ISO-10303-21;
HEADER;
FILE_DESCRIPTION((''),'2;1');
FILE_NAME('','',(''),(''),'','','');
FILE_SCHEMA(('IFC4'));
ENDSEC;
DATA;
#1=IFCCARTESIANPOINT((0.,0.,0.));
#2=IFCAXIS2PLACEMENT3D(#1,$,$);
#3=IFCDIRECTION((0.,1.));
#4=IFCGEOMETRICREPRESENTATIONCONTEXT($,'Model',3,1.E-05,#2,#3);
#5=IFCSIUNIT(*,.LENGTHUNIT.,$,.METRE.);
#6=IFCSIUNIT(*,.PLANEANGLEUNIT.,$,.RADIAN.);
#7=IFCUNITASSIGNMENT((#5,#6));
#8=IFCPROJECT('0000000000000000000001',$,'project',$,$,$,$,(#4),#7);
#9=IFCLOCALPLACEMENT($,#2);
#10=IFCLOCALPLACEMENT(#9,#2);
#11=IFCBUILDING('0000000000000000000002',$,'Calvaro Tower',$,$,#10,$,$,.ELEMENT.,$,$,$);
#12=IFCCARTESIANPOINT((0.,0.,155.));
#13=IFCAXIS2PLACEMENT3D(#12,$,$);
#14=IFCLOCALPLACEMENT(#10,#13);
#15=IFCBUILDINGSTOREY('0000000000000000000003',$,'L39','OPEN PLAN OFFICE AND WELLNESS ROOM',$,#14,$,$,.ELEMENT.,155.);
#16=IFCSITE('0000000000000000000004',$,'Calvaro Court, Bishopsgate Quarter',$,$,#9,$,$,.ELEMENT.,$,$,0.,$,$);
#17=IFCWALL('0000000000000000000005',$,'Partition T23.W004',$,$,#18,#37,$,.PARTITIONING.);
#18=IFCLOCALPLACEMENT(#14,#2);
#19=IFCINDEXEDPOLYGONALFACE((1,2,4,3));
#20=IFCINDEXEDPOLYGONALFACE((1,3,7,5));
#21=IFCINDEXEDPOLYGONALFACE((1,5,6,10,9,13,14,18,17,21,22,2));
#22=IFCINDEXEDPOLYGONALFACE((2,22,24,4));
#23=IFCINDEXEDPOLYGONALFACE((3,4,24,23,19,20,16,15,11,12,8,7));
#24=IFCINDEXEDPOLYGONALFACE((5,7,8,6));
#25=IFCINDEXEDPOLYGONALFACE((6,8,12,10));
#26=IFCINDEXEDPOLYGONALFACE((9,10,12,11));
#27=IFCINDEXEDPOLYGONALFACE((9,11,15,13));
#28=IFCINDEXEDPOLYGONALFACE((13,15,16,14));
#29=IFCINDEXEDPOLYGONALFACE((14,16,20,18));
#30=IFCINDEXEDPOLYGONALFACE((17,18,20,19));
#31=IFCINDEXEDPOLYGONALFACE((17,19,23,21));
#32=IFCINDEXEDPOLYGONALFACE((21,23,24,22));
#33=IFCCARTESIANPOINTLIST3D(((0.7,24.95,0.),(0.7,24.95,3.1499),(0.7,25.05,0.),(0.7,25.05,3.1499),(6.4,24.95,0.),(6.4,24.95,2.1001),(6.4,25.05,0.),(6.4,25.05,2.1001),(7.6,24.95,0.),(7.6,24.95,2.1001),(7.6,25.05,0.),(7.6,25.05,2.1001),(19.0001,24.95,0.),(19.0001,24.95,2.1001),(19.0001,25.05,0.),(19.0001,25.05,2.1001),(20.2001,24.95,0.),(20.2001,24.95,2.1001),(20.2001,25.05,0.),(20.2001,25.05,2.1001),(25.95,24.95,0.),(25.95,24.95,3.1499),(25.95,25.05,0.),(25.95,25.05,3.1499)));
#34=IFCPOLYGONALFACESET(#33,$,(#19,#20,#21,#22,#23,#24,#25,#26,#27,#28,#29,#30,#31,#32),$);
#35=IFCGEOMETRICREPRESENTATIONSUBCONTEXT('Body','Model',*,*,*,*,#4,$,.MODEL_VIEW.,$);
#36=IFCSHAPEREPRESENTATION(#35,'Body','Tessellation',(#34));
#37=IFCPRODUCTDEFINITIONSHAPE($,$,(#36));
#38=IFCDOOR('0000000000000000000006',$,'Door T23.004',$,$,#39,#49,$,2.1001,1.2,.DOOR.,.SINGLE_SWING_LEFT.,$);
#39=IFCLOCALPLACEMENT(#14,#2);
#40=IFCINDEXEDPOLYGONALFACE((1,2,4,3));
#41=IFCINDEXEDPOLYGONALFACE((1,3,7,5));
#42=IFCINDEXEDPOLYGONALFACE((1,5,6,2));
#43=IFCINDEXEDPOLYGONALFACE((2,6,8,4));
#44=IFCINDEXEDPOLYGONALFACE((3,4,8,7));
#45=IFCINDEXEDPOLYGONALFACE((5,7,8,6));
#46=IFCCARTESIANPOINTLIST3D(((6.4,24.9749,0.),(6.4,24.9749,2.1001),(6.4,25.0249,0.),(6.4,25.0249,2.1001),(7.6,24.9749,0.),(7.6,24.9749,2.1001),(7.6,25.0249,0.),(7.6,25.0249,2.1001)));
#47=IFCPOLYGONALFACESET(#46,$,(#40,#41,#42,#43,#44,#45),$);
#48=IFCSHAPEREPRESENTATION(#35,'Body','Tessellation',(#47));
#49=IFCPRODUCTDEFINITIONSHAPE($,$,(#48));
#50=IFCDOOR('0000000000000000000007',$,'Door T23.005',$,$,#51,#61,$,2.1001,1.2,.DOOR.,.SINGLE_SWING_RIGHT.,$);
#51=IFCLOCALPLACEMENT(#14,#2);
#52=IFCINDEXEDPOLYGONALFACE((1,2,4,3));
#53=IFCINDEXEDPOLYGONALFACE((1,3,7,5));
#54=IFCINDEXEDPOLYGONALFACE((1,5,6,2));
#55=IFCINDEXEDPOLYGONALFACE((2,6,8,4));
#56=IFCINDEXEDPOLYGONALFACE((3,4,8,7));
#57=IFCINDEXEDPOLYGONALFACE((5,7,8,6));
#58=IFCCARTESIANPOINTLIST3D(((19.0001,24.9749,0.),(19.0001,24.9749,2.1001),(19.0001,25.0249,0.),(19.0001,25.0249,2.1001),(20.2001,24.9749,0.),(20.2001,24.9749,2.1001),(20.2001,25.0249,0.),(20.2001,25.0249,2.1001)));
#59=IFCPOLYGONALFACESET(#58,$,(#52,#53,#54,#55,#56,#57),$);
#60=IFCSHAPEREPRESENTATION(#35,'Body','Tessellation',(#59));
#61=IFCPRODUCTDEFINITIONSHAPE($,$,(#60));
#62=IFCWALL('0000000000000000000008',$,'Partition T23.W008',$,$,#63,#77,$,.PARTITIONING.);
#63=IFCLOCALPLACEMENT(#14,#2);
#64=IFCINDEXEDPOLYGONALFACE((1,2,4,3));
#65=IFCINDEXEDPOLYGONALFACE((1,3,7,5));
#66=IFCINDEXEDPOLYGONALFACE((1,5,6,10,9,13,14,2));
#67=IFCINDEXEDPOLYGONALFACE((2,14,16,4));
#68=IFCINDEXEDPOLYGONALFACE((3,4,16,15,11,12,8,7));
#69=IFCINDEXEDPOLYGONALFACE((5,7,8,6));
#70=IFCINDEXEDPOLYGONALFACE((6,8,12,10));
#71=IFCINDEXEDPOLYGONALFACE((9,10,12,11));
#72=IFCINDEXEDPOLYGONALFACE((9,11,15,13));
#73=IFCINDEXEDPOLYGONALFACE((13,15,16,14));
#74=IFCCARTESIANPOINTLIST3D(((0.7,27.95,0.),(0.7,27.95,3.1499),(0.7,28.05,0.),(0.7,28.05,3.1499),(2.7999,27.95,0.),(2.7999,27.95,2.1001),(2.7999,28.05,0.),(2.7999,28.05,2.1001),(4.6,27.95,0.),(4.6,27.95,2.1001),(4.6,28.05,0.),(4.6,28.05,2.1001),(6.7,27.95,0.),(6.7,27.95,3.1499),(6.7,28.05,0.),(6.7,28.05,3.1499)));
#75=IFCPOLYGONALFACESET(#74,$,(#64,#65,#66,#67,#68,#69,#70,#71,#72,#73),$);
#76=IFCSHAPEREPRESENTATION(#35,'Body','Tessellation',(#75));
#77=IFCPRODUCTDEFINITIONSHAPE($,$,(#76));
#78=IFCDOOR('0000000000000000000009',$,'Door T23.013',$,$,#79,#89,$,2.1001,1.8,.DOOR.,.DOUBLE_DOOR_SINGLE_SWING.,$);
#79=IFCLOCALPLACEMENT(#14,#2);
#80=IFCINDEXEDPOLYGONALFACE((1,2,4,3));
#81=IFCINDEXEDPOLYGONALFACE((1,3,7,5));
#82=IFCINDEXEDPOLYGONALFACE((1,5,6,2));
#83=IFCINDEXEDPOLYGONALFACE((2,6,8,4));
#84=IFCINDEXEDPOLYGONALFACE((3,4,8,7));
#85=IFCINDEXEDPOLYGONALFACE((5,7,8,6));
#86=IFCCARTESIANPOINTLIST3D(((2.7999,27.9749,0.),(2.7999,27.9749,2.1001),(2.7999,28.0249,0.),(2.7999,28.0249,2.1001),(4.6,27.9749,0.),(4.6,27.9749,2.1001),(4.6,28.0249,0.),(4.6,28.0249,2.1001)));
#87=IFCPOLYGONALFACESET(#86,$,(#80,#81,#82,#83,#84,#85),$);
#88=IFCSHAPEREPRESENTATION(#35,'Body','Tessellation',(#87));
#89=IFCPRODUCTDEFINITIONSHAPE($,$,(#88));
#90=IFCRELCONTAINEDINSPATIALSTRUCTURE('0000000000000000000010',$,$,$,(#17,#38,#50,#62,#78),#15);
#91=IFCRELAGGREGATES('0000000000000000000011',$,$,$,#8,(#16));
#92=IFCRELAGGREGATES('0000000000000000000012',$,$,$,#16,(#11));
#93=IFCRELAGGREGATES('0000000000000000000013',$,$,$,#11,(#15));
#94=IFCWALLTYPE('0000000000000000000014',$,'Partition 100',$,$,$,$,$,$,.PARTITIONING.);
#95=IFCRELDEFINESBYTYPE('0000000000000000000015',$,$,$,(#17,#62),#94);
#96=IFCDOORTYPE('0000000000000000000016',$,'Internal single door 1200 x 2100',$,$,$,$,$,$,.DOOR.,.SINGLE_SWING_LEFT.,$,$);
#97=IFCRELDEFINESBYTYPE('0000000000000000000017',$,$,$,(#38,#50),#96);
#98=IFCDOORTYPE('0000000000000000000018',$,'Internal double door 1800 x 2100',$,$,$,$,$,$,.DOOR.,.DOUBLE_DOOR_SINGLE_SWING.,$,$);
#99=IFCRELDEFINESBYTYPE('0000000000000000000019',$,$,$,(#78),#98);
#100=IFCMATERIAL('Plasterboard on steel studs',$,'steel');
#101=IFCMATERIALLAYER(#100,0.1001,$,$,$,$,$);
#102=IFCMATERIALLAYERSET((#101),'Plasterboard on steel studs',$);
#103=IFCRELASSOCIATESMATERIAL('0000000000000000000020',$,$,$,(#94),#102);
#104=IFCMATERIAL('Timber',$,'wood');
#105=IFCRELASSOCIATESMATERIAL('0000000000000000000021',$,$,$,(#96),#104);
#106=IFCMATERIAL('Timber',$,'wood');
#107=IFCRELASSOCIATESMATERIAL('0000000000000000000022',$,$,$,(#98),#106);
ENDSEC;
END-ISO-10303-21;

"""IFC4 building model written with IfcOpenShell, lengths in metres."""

from ifc_helpers import new_model, si_unit, direction, frame, frame_2d, origin, place, context, subcontext, project, spatial, rectangle, extrude, material, layer, layer_set, type_object, element, fill, save


model = new_model("IFC4")

# Units and contexts
model_context = context("Model", 3, precision=1e-05, world=origin(), true_north=direction((0.0, 1.0)))
body_context = subcontext(model_context, "Body", "Model", "MODEL_VIEW")
ifc_project = project(units=[si_unit("LENGTHUNIT", "METRE"), si_unit("PLANEANGLEUNIT", "RADIAN")], contexts=[model_context])

# Site, building, storey
site_placement = place(None, origin())
site = spatial("IfcSite", under=ifc_project, at=site_placement, Name="Calvaro Court, Bishopsgate Quarter", CompositionType="ELEMENT", RefElevation=0.0)
building_placement = place(site_placement, origin())
building = spatial("IfcBuilding", under=site, at=building_placement, Name="Calvaro Tower", CompositionType="ELEMENT")
storey_placement = place(building_placement, frame((0.0, 0.0, 155.0)))
storey = spatial("IfcBuildingStorey", under=building, at=storey_placement, Name="L39", Description="OPEN PLAN OFFICE AND WELLNESS ROOM", CompositionType="ELEMENT", Elevation=155.0)

# Wall, openings, doors
ifc_material_1 = material(Name="Plasterboard on steel studs", Category="steel")
ifc_layer_1 = layer(ifc_material_1, 0.1001)
ifc_layer_set_1 = layer_set([ifc_layer_1], Name="Plasterboard on steel studs")
wall_type_1 = type_object("IfcWallType", Name="Partition 100", PredefinedType="PARTITIONING", material=ifc_layer_set_1)
wall_1_placement = place(storey_placement, frame((0.7, 25.0, 0.0), z_axis=(0.0, 0.0, 1.0), x_axis=(1.0, 0.0, 0.0)))
wall_1 = element("IfcWall", 1, at=wall_1_placement, inside=storey, type_object=wall_type_1, Name="Partition T23.W004", PredefinedType="PARTITIONING", context=body_context, shape_type="SweptSolid", body=[
    extrude(rectangle(XDim=25.25, YDim=0.1001, at=frame_2d((12.625, 0.0))), origin(), (0.0, 0.0, 1.0), 3.1499),
])
opening_1_placement = place(wall_1_placement, frame((5.7, 0.0, 0.0)))
opening_1 = element("IfcOpeningElement", 2, at=opening_1_placement, cuts=wall_1, PredefinedType="OPENING", context=body_context, shape_type="SweptSolid", body=[
    extrude(rectangle(XDim=1.2, YDim=2.1001, at=frame_2d((0.6001, 1.05))), frame((0.0, 0.0601, 0.0), z_axis=(0.0, -1.0, 0.0), x_axis=(1.0, 0.0, 0.0)), (0.0, 0.0, 1.0), 0.1201),
])
opening_2_placement = place(wall_1_placement, frame((18.3, 0.0, 0.0)))
opening_2 = element("IfcOpeningElement", 3, at=opening_2_placement, cuts=wall_1, PredefinedType="OPENING", context=body_context, shape_type="SweptSolid", body=[
    extrude(rectangle(XDim=1.2, YDim=2.1001, at=frame_2d((0.6001, 1.05))), frame((0.0, 0.0601, 0.0), z_axis=(0.0, -1.0, 0.0), x_axis=(1.0, 0.0, 0.0)), (0.0, 0.0, 1.0), 0.1201),
])
ifc_material_2 = material(Name="Timber", Category="wood")
door_type_1 = type_object("IfcDoorType", Name="Internal single door 1200 x 2100", OperationType="SINGLE_SWING_LEFT", PredefinedType="DOOR", material=ifc_material_2)
door_1_placement = place(opening_1_placement, origin())
door_1 = element("IfcDoor", 4, at=door_1_placement, inside=storey, type_object=door_type_1, Name="Door T23.004", OperationType="SINGLE_SWING_LEFT", OverallHeight=2.1001, OverallWidth=1.2, PredefinedType="DOOR", context=body_context, shape_type="SweptSolid", body=[
    extrude(rectangle(XDim=1.2, YDim=2.1001, at=frame_2d((0.6001, 1.05))), frame((0.0, 0.0249, 0.0), z_axis=(0.0, -1.0, 0.0), x_axis=(1.0, 0.0, 0.0)), (0.0, 0.0, 1.0), 0.05),
])
fill(opening_1, door_1)
door_2_placement = place(opening_2_placement, origin())
door_2 = element("IfcDoor", 5, at=door_2_placement, inside=storey, type_object=door_type_1, Name="Door T23.005", OperationType="SINGLE_SWING_RIGHT", OverallHeight=2.1001, OverallWidth=1.2, PredefinedType="DOOR", context=body_context, shape_type="SweptSolid", body=[
    extrude(rectangle(XDim=1.2, YDim=2.1001, at=frame_2d((0.6001, 1.05))), frame((0.0, 0.0249, 0.0), z_axis=(0.0, -1.0, 0.0), x_axis=(1.0, 0.0, 0.0)), (0.0, 0.0, 1.0), 0.05),
])
fill(opening_2, door_2)

# Wall, opening, door
wall_2_placement = place(storey_placement, frame((0.7, 28.0, 0.0), z_axis=(0.0, 0.0, 1.0), x_axis=(1.0, 0.0, 0.0)))
wall_2 = element("IfcWall", 6, at=wall_2_placement, inside=storey, type_object=wall_type_1, Name="Partition T23.W008", PredefinedType="PARTITIONING", context=body_context, shape_type="SweptSolid", body=[
    extrude(rectangle(XDim=6.0, YDim=0.1001, at=frame_2d((3.0, 0.0))), origin(), (0.0, 0.0, 1.0), 3.1499),
])
opening_3_placement = place(wall_2_placement, frame((2.1001, 0.0, 0.0)))
opening_3 = element("IfcOpeningElement", 7, at=opening_3_placement, cuts=wall_2, PredefinedType="OPENING", context=body_context, shape_type="SweptSolid", body=[
    extrude(rectangle(XDim=1.8, YDim=2.1001, at=frame_2d((0.8999, 1.05))), frame((0.0, 0.0601, 0.0), z_axis=(0.0, -1.0, 0.0), x_axis=(1.0, 0.0, 0.0)), (0.0, 0.0, 1.0), 0.1201),
])
ifc_material_3 = material(Name="Timber", Category="wood")
door_type_2 = type_object("IfcDoorType", Name="Internal double door 1800 x 2100", OperationType="DOUBLE_DOOR_SINGLE_SWING", PredefinedType="DOOR", material=ifc_material_3)
door_3_placement = place(opening_3_placement, origin())
door_3 = element("IfcDoor", 8, at=door_3_placement, inside=storey, type_object=door_type_2, Name="Door T23.013", OperationType="DOUBLE_DOOR_SINGLE_SWING", OverallHeight=2.1001, OverallWidth=1.8, PredefinedType="DOOR", context=body_context, shape_type="SweptSolid", body=[
    extrude(rectangle(XDim=1.8, YDim=2.1001, at=frame_2d((0.8999, 1.05))), frame((0.0, 0.0249, 0.0), z_axis=(0.0, -1.0, 0.0), x_axis=(1.0, 0.0, 0.0)), (0.0, 0.0, 1.0), 0.05),
])
fill(opening_3, door_3)

save(model, "model.ifc")
